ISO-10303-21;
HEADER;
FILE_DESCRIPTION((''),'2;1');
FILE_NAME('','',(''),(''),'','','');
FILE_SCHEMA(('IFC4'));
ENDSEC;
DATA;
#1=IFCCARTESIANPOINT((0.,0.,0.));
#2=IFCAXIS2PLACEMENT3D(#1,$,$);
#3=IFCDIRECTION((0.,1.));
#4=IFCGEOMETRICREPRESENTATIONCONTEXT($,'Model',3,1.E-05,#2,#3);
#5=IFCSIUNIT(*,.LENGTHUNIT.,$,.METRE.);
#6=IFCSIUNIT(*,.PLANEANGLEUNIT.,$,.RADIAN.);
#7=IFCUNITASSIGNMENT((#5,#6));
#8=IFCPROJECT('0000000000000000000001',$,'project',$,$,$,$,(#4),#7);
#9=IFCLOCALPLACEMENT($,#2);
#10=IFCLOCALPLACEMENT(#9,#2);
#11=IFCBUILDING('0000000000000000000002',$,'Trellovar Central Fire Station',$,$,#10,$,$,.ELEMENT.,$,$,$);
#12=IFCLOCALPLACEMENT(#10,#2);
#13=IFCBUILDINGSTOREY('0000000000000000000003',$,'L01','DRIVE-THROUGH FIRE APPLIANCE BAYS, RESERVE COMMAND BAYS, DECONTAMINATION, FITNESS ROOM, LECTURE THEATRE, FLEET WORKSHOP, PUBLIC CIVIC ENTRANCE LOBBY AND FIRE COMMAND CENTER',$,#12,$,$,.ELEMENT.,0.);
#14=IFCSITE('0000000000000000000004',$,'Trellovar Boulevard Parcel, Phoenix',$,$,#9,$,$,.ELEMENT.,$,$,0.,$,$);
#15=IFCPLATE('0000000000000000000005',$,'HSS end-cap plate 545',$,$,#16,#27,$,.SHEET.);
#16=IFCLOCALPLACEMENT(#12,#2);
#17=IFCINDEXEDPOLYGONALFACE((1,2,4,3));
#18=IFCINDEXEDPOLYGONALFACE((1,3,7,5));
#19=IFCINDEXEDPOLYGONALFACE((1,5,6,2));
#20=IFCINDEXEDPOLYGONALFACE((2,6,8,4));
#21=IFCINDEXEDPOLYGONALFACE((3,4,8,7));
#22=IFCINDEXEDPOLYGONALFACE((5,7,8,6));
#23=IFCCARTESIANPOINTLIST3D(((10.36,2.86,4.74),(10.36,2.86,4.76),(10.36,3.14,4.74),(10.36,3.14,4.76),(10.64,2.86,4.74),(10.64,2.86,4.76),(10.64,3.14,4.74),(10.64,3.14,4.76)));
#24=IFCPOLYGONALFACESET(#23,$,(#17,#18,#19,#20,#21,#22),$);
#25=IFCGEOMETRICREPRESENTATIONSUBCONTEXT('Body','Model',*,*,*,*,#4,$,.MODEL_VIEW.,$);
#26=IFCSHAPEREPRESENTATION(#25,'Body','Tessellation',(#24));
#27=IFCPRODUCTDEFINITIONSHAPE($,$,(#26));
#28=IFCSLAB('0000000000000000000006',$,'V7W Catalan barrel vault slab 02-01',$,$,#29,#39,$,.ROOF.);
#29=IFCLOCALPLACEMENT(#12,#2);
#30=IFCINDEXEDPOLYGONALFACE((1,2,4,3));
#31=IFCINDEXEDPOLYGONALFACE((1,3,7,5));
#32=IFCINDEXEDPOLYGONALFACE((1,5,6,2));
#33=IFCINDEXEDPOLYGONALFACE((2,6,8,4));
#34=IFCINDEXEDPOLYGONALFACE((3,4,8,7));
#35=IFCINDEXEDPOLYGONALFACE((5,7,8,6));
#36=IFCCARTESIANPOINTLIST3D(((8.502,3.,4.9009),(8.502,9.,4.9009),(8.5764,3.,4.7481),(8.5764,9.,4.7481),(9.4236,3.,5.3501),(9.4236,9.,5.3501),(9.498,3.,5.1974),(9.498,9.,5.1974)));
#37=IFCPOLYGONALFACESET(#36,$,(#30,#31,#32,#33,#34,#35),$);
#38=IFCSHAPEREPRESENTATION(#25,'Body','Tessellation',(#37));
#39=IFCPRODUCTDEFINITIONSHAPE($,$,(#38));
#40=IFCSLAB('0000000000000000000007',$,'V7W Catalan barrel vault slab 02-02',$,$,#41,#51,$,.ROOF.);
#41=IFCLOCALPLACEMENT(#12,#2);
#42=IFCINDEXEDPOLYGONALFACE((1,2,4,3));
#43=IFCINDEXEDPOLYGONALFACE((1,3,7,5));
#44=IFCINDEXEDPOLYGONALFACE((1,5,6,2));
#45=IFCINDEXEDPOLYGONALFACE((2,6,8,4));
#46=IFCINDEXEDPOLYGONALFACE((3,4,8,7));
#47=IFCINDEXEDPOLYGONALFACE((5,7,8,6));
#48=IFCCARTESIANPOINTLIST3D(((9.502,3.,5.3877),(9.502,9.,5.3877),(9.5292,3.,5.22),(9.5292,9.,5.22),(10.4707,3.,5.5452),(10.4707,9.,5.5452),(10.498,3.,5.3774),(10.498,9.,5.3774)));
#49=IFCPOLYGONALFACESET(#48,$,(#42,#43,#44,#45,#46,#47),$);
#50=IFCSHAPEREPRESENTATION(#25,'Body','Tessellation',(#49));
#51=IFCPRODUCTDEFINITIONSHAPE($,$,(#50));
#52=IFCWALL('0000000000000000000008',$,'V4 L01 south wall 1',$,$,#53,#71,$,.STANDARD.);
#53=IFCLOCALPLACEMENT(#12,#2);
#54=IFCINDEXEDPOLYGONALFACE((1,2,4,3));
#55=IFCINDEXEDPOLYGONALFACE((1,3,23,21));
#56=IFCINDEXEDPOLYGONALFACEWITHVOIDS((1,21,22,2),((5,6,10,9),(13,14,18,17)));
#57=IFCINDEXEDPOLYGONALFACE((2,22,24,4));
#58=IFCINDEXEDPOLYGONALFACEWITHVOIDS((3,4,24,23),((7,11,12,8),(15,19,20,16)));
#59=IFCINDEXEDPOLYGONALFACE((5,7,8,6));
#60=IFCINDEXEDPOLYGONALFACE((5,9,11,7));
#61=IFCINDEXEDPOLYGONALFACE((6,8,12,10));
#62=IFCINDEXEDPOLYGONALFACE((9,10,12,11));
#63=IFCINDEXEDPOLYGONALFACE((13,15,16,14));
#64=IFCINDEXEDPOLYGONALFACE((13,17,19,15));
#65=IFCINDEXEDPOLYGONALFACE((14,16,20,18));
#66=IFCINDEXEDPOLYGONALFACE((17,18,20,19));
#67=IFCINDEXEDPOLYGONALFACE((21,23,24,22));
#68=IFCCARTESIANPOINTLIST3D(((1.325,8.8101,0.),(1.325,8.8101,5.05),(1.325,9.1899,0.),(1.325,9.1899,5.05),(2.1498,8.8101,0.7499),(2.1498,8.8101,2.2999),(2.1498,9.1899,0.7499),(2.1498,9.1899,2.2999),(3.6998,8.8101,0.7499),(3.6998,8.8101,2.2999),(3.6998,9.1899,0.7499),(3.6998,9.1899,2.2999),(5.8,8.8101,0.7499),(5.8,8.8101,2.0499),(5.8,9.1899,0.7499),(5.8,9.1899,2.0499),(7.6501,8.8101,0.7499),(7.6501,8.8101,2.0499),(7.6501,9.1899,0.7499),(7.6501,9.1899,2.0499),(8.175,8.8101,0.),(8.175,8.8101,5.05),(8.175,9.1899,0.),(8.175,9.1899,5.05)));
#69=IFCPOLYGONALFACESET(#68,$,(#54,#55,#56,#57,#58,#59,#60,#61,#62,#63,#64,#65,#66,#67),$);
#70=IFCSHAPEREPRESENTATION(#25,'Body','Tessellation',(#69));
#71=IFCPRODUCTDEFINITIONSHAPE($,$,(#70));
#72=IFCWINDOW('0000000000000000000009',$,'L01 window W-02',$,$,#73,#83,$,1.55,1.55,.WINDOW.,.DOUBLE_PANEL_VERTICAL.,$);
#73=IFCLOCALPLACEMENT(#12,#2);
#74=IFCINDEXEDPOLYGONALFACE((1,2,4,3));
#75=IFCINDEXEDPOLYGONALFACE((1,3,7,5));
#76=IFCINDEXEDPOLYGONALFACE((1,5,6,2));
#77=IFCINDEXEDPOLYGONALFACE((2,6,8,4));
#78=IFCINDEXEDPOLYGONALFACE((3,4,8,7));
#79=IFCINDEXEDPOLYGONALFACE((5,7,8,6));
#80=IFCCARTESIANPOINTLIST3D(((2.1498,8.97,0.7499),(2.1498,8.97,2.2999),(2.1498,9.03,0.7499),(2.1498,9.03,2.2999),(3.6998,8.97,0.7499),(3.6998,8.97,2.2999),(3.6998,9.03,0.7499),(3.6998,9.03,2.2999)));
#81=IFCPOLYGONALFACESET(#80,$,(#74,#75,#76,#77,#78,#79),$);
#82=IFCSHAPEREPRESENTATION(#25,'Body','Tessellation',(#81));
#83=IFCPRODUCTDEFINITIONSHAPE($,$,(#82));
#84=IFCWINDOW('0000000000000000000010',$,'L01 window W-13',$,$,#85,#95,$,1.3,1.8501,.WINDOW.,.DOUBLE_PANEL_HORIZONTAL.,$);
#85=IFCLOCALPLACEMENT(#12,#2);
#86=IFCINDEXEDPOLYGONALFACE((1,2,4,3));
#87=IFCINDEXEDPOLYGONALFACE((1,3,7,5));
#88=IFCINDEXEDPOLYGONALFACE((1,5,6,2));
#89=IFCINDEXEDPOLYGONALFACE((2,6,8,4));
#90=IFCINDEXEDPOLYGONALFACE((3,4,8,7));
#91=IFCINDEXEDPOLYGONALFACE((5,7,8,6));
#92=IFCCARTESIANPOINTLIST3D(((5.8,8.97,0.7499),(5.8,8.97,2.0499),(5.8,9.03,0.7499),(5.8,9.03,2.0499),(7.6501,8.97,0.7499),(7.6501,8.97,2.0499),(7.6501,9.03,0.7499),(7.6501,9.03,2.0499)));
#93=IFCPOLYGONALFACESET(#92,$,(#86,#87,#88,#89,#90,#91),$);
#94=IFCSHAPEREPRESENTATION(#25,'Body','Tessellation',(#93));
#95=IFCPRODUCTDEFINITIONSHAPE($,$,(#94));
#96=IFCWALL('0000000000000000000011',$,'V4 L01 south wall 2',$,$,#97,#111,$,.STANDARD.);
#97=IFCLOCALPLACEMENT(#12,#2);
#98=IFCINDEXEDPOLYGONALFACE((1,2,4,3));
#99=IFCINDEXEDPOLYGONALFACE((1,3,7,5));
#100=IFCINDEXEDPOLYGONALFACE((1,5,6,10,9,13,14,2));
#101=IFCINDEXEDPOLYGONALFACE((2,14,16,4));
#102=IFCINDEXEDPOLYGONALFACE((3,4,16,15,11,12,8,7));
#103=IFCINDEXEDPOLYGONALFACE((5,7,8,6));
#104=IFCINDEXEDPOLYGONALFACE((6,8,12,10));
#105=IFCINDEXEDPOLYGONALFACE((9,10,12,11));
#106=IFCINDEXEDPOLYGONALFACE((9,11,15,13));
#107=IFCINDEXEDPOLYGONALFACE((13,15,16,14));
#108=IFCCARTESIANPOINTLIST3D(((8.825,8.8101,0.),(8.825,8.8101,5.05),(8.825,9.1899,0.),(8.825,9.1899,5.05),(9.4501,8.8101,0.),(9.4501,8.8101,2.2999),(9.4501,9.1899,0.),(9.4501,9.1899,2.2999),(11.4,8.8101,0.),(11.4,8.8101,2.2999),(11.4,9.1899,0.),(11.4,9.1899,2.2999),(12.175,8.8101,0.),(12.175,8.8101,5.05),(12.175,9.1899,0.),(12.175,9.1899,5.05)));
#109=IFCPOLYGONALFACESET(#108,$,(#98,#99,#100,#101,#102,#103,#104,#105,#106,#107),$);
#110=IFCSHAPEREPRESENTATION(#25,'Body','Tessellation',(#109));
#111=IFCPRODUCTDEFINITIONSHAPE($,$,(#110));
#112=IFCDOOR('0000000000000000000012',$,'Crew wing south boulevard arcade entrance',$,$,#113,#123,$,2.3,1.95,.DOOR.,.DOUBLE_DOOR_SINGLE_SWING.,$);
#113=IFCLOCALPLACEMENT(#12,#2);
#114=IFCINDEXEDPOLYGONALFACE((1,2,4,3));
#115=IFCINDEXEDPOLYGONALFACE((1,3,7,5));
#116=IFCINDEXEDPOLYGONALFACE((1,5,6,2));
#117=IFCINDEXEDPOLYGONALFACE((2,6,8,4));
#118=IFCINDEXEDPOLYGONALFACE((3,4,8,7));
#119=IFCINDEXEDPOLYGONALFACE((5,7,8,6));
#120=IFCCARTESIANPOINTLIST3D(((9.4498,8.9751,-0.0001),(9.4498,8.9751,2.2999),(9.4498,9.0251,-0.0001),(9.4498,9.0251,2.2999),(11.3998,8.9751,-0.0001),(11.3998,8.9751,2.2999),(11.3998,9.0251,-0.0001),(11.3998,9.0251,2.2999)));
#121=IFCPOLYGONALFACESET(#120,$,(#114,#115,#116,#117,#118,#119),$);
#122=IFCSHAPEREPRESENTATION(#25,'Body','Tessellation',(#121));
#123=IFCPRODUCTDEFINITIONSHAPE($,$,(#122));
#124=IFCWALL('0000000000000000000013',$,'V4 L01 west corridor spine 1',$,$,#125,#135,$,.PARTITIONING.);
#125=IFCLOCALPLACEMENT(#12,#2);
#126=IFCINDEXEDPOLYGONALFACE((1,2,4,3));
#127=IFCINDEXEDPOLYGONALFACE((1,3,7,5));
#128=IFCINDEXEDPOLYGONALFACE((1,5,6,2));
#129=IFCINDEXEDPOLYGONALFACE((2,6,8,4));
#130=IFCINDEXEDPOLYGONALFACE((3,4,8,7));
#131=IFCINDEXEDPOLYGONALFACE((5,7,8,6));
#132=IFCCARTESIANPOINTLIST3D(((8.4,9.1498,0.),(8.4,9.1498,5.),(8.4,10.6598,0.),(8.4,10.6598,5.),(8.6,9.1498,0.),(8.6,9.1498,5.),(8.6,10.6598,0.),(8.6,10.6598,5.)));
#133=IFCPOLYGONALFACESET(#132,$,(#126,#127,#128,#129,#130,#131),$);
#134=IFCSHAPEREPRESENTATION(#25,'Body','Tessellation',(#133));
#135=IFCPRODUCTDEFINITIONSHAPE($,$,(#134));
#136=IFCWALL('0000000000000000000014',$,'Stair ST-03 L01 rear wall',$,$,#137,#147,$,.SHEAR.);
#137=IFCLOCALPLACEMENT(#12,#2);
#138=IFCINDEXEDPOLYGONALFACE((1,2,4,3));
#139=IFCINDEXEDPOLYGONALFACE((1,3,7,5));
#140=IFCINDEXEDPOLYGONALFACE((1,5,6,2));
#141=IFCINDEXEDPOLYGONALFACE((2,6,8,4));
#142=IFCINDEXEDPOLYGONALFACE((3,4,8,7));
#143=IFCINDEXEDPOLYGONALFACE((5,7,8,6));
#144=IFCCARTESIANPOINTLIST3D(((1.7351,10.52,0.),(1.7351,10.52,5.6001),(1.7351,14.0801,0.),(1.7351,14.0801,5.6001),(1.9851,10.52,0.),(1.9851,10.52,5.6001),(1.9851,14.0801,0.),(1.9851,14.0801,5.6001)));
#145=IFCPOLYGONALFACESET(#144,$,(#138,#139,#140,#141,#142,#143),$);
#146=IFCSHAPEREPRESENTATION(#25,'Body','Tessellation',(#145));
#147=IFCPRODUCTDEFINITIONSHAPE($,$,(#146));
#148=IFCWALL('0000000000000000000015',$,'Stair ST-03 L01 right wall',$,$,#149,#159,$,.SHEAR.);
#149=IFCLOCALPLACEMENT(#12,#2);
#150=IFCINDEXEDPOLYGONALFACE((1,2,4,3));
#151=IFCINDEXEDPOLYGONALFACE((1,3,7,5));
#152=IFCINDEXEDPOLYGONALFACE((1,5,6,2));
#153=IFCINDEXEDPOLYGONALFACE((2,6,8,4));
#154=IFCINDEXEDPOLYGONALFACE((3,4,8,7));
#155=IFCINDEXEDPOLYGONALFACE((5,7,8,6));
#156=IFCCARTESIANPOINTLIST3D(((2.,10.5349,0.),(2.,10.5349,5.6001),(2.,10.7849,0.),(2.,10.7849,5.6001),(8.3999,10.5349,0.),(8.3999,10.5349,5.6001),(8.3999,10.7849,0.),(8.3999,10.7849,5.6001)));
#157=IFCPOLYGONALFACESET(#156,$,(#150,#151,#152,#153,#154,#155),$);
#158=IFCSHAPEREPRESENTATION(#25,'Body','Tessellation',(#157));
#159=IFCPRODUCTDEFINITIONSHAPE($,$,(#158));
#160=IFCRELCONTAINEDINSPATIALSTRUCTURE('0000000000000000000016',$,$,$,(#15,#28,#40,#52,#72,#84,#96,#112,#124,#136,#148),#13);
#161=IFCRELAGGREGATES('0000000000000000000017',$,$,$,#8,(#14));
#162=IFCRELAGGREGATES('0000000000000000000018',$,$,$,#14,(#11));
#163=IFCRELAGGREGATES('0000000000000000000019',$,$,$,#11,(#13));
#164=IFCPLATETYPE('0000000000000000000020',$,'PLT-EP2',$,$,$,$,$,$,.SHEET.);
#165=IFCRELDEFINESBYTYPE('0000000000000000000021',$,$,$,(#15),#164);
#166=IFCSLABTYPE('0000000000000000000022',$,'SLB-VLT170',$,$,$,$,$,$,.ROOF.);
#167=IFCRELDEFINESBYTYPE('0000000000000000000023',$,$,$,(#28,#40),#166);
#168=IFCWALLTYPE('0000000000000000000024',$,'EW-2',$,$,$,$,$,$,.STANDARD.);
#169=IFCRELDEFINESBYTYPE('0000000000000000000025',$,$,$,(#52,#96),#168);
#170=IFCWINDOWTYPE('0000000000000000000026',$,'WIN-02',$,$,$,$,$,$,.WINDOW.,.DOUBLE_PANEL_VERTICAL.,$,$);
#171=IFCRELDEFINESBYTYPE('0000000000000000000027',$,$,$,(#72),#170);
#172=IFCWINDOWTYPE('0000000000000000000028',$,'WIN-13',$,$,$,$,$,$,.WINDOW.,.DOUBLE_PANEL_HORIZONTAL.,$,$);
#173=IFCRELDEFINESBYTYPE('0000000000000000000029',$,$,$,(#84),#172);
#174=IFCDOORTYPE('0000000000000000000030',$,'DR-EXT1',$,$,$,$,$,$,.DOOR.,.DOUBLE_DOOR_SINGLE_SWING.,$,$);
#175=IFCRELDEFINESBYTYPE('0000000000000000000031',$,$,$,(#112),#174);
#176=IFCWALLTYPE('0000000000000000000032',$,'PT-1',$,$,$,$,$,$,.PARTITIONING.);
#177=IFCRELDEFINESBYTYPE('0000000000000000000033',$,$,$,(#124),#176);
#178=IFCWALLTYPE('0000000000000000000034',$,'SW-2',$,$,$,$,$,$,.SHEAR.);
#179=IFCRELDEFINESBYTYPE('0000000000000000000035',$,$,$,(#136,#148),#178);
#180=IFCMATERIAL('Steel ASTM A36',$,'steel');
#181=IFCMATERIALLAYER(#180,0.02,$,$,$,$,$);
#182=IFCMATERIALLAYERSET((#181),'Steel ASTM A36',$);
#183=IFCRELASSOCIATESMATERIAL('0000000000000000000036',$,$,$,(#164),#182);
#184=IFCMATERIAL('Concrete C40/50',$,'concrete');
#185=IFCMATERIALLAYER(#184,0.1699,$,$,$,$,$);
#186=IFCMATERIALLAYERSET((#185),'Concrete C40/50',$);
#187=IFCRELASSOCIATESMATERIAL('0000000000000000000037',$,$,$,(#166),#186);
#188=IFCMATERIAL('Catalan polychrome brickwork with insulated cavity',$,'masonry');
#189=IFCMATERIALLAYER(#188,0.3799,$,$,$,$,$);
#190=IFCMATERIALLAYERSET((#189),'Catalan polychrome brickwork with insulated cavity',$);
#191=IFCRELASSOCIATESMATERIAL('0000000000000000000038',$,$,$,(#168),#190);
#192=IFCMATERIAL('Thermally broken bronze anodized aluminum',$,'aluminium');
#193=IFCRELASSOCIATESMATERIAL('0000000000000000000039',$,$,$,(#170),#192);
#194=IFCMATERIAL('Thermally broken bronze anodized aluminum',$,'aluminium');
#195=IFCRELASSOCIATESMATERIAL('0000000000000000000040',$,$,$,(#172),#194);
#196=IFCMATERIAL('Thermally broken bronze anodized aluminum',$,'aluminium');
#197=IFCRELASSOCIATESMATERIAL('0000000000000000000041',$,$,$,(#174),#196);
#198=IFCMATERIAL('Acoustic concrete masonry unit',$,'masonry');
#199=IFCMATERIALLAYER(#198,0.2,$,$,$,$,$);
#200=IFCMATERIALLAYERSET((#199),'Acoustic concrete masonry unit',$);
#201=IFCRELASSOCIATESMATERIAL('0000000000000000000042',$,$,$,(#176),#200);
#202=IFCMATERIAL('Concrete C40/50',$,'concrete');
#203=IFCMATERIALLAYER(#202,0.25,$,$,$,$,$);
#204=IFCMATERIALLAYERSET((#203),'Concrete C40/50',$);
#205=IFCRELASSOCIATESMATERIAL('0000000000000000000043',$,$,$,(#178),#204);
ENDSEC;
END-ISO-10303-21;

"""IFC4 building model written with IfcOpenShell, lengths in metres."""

from ifc_helpers import new_model, si_unit, direction, frame, frame_2d, origin, origin_2d, place, context, subcontext, project, spatial, polyline, rectangle, outline, extrude, material, layer, layer_set, type_object, element, fill, save


model = new_model("IFC4")

# Units and contexts
model_context = context("Model", 3, precision=1e-05, world=origin(), true_north=direction((0.0, 1.0)))
body_context = subcontext(model_context, "Body", "Model", "MODEL_VIEW")
ifc_project = project(units=[si_unit("LENGTHUNIT", "METRE"), si_unit("PLANEANGLEUNIT", "RADIAN")], contexts=[model_context])

# Site, building, storey
site_placement = place(None, origin())
site = spatial("IfcSite", under=ifc_project, at=site_placement, Name="Trellovar Boulevard Parcel, Phoenix", CompositionType="ELEMENT", RefElevation=0.0)
building_placement = place(site_placement, origin())
building = spatial("IfcBuilding", under=site, at=building_placement, Name="Trellovar Central Fire Station", CompositionType="ELEMENT")
storey_placement = place(building_placement, origin())
storey = spatial("IfcBuildingStorey", under=building, at=storey_placement, Name="L01", Description="DRIVE-THROUGH FIRE APPLIANCE BAYS, RESERVE COMMAND BAYS, DECONTAMINATION, FITNESS ROOM, LECTURE THEATRE, FLEET WORKSHOP, PUBLIC CIVIC ENTRANCE LOBBY AND FIRE COMMAND CENTER", CompositionType="ELEMENT", Elevation=0.0)

# Plate
ifc_material_1 = material(Name="Steel ASTM A36", Category="steel")
ifc_layer_1 = layer(ifc_material_1, 0.02)
ifc_layer_set_1 = layer_set([ifc_layer_1], Name="Steel ASTM A36")
plate_type = type_object("IfcPlateType", Name="PLT-EP2", PredefinedType="SHEET", material=ifc_layer_set_1)
plate_placement = place(storey_placement, frame((10.5, 3.0, 4.74), z_axis=(0.0, 0.0, 1.0), x_axis=(1.0, 0.0, 0.0)))
element("IfcPlate", 1, at=plate_placement, inside=storey, type_object=plate_type, Name="HSS end-cap plate 545", PredefinedType="SHEET", context=body_context, shape_type="SweptSolid", body=[
    extrude(rectangle(XDim=0.28, YDim=0.28, at=origin_2d()), origin(), (0.0, 0.0, 1.0), 0.02),
])

# Slabs
ifc_material_2 = material(Name="Concrete C40/50", Category="concrete")
ifc_layer_2 = layer(ifc_material_2, 0.1699)
ifc_layer_set_2 = layer_set([ifc_layer_2], Name="Concrete C40/50")
slab_type = type_object("IfcSlabType", Name="SLB-VLT170", PredefinedType="ROOF", material=ifc_layer_set_2)
slab_1_placement = place(storey_placement, frame((8.502, 3.0, 4.9009), z_axis=(-0.438142, 0.0, 0.898906), x_axis=(0.898906, 0.0, 0.438142)))
element("IfcSlab", 2, at=slab_1_placement, inside=storey, type_object=slab_type, Name="V7W Catalan barrel vault slab 02-01", PredefinedType="ROOF", context=body_context, shape_type="SweptSolid", body=[
    extrude(outline(polyline([(0.0, 0.0), (1.0253, 0.0), (1.0253, 6.0), (0.0, 6.0), (0.0, 0.0)])), origin(), (0.0, 0.0, -1.0), 0.1699),
])
slab_2_placement = place(storey_placement, frame((9.502, 3.0, 5.3877), z_axis=(-0.160445, 0.0, 0.987045), x_axis=(0.987045, 0.0, 0.160445)))
element("IfcSlab", 3, at=slab_2_placement, inside=storey, type_object=slab_type, Name="V7W Catalan barrel vault slab 02-02", PredefinedType="ROOF", context=body_context, shape_type="SweptSolid", body=[
    extrude(outline(polyline([(0.0, 0.0), (0.9815, 0.0), (0.9815, 6.0), (0.0, 6.0), (0.0, 0.0)])), origin(), (0.0, 0.0, -1.0), 0.1699),
])

# Wall, openings, windows
ifc_material_3 = material(Name="Catalan polychrome brickwork with insulated cavity", Category="masonry")
ifc_layer_3 = layer(ifc_material_3, 0.3799)
ifc_layer_set_3 = layer_set([ifc_layer_3], Name="Catalan polychrome brickwork with insulated cavity")
wall_type_1 = type_object("IfcWallType", Name="EW-2", PredefinedType="STANDARD", material=ifc_layer_set_3)
wall_1_placement = place(storey_placement, frame((1.325, 9.0, 0.0), z_axis=(0.0, 0.0, 1.0), x_axis=(1.0, 0.0, 0.0)))
wall_1 = element("IfcWall", 4, at=wall_1_placement, inside=storey, type_object=wall_type_1, Name="V4 L01 south wall 1", PredefinedType="STANDARD", context=body_context, shape_type="SweptSolid", body=[
    extrude(rectangle(XDim=6.8501, YDim=0.3799, at=frame_2d((3.425, 0.0))), origin(), (0.0, 0.0, 1.0), 5.05),
])
opening_1_placement = place(wall_1_placement, frame((0.825, 0.0, 0.75)))
opening_1 = element("IfcOpeningElement", 5, at=opening_1_placement, cuts=wall_1, PredefinedType="OPENING", context=body_context, shape_type="SweptSolid", body=[
    extrude(rectangle(XDim=1.55, YDim=1.55, at=frame_2d((0.7749, 0.7749))), frame((0.0, 0.2, 0.0), z_axis=(0.0, -1.0, 0.0), x_axis=(1.0, 0.0, 0.0)), (0.0, 0.0, 1.0), 0.3999),
])
opening_2_placement = place(wall_1_placement, frame((4.4751, 0.0, 0.75)))
opening_2 = element("IfcOpeningElement", 6, at=opening_2_placement, cuts=wall_1, PredefinedType="OPENING", context=body_context, shape_type="SweptSolid", body=[
    extrude(rectangle(XDim=1.8501, YDim=1.3, at=frame_2d((0.925, 0.6499))), frame((0.0, 0.2, 0.0), z_axis=(0.0, -1.0, 0.0), x_axis=(1.0, 0.0, 0.0)), (0.0, 0.0, 1.0), 0.3999),
])
ifc_material_4 = material(Name="Thermally broken bronze anodized aluminum", Category="aluminium")
window_type_1 = type_object("IfcWindowType", Name="WIN-02", PartitioningType="DOUBLE_PANEL_VERTICAL", PredefinedType="WINDOW", material=ifc_material_4)
window_1_placement = place(opening_1_placement, origin())
window_1 = element("IfcWindow", 7, at=window_1_placement, inside=storey, type_object=window_type_1, Name="L01 window W-02", OverallHeight=1.55, OverallWidth=1.55, PartitioningType="DOUBLE_PANEL_VERTICAL", PredefinedType="WINDOW", context=body_context, shape_type="SweptSolid", body=[
    extrude(rectangle(XDim=1.55, YDim=1.55, at=frame_2d((0.7749, 0.7749))), frame((0.0, 0.03, 0.0), z_axis=(0.0, -1.0, 0.0), x_axis=(1.0, 0.0, 0.0)), (0.0, 0.0, 1.0), 0.0601),
])
fill(opening_1, window_1)
ifc_material_5 = material(Name="Thermally broken bronze anodized aluminum", Category="aluminium")
window_type_2 = type_object("IfcWindowType", Name="WIN-13", PartitioningType="DOUBLE_PANEL_HORIZONTAL", PredefinedType="WINDOW", material=ifc_material_5)
window_2_placement = place(opening_2_placement, origin())
window_2 = element("IfcWindow", 8, at=window_2_placement, inside=storey, type_object=window_type_2, Name="L01 window W-13", OverallHeight=1.3, OverallWidth=1.8501, PartitioningType="DOUBLE_PANEL_HORIZONTAL", PredefinedType="WINDOW", context=body_context, shape_type="SweptSolid", body=[
    extrude(rectangle(XDim=1.8501, YDim=1.3, at=frame_2d((0.925, 0.6499))), frame((0.0, 0.03, 0.0), z_axis=(0.0, -1.0, 0.0), x_axis=(1.0, 0.0, 0.0)), (0.0, 0.0, 1.0), 0.0601),
])
fill(opening_2, window_2)

# Wall, opening, door
wall_2_placement = place(storey_placement, frame((8.825, 9.0, 0.0), z_axis=(0.0, 0.0, 1.0), x_axis=(1.0, 0.0, 0.0)))
wall_2 = element("IfcWall", 9, at=wall_2_placement, inside=storey, type_object=wall_type_1, Name="V4 L01 south wall 2", PredefinedType="STANDARD", context=body_context, shape_type="SweptSolid", body=[
    extrude(rectangle(XDim=3.3501, YDim=0.3799, at=frame_2d((1.675, 0.0))), origin(), (0.0, 0.0, 1.0), 5.05),
])
opening_3_placement = place(wall_2_placement, frame((0.625, 0.0, 0.0)))
opening_3 = element("IfcOpeningElement", 10, at=opening_3_placement, cuts=wall_2, PredefinedType="OPENING", context=body_context, shape_type="SweptSolid", body=[
    extrude(rectangle(XDim=1.95, YDim=2.3, at=frame_2d((0.9751, 1.1499))), frame((0.0, 0.2, 0.0), z_axis=(0.0, -1.0, 0.0), x_axis=(1.0, 0.0, 0.0)), (0.0, 0.0, 1.0), 0.3999),
])
ifc_material_6 = material(Name="Thermally broken bronze anodized aluminum", Category="aluminium")
door_type = type_object("IfcDoorType", Name="DR-EXT1", OperationType="DOUBLE_DOOR_SINGLE_SWING", PredefinedType="DOOR", material=ifc_material_6)
door_placement = place(opening_3_placement, frame((1.95, 0.0, 0.0), z_axis=(0.0, 0.0, 1.0), x_axis=(-1.0, 0.0, 0.0)))
door = element("IfcDoor", 11, at=door_placement, inside=storey, type_object=door_type, Name="Crew wing south boulevard arcade entrance", OperationType="DOUBLE_DOOR_SINGLE_SWING", OverallHeight=2.3, OverallWidth=1.95, PredefinedType="DOOR", context=body_context, shape_type="SweptSolid", body=[
    extrude(rectangle(XDim=1.95, YDim=2.3, at=frame_2d((0.9751, 1.1499))), frame((0.0, 0.0249, 0.0), z_axis=(0.0, -1.0, 0.0), x_axis=(1.0, 0.0, 0.0)), (0.0, 0.0, 1.0), 0.05),
])
fill(opening_3, door)

# Walls
ifc_material_7 = material(Name="Acoustic concrete masonry unit", Category="masonry")
ifc_layer_4 = layer(ifc_material_7, 0.2)
ifc_layer_set_4 = layer_set([ifc_layer_4], Name="Acoustic concrete masonry unit")
wall_type_2 = type_object("IfcWallType", Name="PT-1", PredefinedType="PARTITIONING", material=ifc_layer_set_4)
wall_3_placement = place(storey_placement, frame((8.5, 9.1499, 0.0), z_axis=(0.0, 0.0, 1.0), x_axis=(0.0, 1.0, 0.0)))
element("IfcWall", 12, at=wall_3_placement, inside=storey, type_object=wall_type_2, Name="V4 L01 west corridor spine 1", PredefinedType="PARTITIONING", context=body_context, shape_type="SweptSolid", body=[
    extrude(rectangle(XDim=1.51, YDim=0.2, at=frame_2d((0.7549, 0.0))), origin(), (0.0, 0.0, 1.0), 5.0),
])
ifc_material_8 = material(Name="Concrete C40/50", Category="concrete")
ifc_layer_5 = layer(ifc_material_8, 0.25)
ifc_layer_set_5 = layer_set([ifc_layer_5], Name="Concrete C40/50")
wall_type_3 = type_object("IfcWallType", Name="SW-2", PredefinedType="SHEAR", material=ifc_layer_set_5)
wall_4_placement = place(storey_placement, frame((1.8601, 10.52, 0.0), z_axis=(0.0, 0.0, 1.0), x_axis=(0.0, 1.0, 0.0)))
element("IfcWall", 13, at=wall_4_placement, inside=storey, type_object=wall_type_3, Name="Stair ST-03 L01 rear wall", PredefinedType="SHEAR", context=body_context, shape_type="SweptSolid", body=[
    extrude(rectangle(XDim=3.5601, YDim=0.25, at=frame_2d((1.78, 0.0))), origin(), (0.0, 0.0, 1.0), 5.6001),
])
wall_5_placement = place(storey_placement, frame((2.0, 10.6599, 0.0), z_axis=(0.0, 0.0, 1.0), x_axis=(1.0, 0.0, 0.0)))
element("IfcWall", 14, at=wall_5_placement, inside=storey, type_object=wall_type_3, Name="Stair ST-03 L01 right wall", PredefinedType="SHEAR", context=body_context, shape_type="SweptSolid", body=[
    extrude(rectangle(XDim=6.3999, YDim=0.25, at=frame_2d((3.2, 0.0))), origin(), (0.0, 0.0, 1.0), 5.6001),
])

save(model, "model.ifc")
